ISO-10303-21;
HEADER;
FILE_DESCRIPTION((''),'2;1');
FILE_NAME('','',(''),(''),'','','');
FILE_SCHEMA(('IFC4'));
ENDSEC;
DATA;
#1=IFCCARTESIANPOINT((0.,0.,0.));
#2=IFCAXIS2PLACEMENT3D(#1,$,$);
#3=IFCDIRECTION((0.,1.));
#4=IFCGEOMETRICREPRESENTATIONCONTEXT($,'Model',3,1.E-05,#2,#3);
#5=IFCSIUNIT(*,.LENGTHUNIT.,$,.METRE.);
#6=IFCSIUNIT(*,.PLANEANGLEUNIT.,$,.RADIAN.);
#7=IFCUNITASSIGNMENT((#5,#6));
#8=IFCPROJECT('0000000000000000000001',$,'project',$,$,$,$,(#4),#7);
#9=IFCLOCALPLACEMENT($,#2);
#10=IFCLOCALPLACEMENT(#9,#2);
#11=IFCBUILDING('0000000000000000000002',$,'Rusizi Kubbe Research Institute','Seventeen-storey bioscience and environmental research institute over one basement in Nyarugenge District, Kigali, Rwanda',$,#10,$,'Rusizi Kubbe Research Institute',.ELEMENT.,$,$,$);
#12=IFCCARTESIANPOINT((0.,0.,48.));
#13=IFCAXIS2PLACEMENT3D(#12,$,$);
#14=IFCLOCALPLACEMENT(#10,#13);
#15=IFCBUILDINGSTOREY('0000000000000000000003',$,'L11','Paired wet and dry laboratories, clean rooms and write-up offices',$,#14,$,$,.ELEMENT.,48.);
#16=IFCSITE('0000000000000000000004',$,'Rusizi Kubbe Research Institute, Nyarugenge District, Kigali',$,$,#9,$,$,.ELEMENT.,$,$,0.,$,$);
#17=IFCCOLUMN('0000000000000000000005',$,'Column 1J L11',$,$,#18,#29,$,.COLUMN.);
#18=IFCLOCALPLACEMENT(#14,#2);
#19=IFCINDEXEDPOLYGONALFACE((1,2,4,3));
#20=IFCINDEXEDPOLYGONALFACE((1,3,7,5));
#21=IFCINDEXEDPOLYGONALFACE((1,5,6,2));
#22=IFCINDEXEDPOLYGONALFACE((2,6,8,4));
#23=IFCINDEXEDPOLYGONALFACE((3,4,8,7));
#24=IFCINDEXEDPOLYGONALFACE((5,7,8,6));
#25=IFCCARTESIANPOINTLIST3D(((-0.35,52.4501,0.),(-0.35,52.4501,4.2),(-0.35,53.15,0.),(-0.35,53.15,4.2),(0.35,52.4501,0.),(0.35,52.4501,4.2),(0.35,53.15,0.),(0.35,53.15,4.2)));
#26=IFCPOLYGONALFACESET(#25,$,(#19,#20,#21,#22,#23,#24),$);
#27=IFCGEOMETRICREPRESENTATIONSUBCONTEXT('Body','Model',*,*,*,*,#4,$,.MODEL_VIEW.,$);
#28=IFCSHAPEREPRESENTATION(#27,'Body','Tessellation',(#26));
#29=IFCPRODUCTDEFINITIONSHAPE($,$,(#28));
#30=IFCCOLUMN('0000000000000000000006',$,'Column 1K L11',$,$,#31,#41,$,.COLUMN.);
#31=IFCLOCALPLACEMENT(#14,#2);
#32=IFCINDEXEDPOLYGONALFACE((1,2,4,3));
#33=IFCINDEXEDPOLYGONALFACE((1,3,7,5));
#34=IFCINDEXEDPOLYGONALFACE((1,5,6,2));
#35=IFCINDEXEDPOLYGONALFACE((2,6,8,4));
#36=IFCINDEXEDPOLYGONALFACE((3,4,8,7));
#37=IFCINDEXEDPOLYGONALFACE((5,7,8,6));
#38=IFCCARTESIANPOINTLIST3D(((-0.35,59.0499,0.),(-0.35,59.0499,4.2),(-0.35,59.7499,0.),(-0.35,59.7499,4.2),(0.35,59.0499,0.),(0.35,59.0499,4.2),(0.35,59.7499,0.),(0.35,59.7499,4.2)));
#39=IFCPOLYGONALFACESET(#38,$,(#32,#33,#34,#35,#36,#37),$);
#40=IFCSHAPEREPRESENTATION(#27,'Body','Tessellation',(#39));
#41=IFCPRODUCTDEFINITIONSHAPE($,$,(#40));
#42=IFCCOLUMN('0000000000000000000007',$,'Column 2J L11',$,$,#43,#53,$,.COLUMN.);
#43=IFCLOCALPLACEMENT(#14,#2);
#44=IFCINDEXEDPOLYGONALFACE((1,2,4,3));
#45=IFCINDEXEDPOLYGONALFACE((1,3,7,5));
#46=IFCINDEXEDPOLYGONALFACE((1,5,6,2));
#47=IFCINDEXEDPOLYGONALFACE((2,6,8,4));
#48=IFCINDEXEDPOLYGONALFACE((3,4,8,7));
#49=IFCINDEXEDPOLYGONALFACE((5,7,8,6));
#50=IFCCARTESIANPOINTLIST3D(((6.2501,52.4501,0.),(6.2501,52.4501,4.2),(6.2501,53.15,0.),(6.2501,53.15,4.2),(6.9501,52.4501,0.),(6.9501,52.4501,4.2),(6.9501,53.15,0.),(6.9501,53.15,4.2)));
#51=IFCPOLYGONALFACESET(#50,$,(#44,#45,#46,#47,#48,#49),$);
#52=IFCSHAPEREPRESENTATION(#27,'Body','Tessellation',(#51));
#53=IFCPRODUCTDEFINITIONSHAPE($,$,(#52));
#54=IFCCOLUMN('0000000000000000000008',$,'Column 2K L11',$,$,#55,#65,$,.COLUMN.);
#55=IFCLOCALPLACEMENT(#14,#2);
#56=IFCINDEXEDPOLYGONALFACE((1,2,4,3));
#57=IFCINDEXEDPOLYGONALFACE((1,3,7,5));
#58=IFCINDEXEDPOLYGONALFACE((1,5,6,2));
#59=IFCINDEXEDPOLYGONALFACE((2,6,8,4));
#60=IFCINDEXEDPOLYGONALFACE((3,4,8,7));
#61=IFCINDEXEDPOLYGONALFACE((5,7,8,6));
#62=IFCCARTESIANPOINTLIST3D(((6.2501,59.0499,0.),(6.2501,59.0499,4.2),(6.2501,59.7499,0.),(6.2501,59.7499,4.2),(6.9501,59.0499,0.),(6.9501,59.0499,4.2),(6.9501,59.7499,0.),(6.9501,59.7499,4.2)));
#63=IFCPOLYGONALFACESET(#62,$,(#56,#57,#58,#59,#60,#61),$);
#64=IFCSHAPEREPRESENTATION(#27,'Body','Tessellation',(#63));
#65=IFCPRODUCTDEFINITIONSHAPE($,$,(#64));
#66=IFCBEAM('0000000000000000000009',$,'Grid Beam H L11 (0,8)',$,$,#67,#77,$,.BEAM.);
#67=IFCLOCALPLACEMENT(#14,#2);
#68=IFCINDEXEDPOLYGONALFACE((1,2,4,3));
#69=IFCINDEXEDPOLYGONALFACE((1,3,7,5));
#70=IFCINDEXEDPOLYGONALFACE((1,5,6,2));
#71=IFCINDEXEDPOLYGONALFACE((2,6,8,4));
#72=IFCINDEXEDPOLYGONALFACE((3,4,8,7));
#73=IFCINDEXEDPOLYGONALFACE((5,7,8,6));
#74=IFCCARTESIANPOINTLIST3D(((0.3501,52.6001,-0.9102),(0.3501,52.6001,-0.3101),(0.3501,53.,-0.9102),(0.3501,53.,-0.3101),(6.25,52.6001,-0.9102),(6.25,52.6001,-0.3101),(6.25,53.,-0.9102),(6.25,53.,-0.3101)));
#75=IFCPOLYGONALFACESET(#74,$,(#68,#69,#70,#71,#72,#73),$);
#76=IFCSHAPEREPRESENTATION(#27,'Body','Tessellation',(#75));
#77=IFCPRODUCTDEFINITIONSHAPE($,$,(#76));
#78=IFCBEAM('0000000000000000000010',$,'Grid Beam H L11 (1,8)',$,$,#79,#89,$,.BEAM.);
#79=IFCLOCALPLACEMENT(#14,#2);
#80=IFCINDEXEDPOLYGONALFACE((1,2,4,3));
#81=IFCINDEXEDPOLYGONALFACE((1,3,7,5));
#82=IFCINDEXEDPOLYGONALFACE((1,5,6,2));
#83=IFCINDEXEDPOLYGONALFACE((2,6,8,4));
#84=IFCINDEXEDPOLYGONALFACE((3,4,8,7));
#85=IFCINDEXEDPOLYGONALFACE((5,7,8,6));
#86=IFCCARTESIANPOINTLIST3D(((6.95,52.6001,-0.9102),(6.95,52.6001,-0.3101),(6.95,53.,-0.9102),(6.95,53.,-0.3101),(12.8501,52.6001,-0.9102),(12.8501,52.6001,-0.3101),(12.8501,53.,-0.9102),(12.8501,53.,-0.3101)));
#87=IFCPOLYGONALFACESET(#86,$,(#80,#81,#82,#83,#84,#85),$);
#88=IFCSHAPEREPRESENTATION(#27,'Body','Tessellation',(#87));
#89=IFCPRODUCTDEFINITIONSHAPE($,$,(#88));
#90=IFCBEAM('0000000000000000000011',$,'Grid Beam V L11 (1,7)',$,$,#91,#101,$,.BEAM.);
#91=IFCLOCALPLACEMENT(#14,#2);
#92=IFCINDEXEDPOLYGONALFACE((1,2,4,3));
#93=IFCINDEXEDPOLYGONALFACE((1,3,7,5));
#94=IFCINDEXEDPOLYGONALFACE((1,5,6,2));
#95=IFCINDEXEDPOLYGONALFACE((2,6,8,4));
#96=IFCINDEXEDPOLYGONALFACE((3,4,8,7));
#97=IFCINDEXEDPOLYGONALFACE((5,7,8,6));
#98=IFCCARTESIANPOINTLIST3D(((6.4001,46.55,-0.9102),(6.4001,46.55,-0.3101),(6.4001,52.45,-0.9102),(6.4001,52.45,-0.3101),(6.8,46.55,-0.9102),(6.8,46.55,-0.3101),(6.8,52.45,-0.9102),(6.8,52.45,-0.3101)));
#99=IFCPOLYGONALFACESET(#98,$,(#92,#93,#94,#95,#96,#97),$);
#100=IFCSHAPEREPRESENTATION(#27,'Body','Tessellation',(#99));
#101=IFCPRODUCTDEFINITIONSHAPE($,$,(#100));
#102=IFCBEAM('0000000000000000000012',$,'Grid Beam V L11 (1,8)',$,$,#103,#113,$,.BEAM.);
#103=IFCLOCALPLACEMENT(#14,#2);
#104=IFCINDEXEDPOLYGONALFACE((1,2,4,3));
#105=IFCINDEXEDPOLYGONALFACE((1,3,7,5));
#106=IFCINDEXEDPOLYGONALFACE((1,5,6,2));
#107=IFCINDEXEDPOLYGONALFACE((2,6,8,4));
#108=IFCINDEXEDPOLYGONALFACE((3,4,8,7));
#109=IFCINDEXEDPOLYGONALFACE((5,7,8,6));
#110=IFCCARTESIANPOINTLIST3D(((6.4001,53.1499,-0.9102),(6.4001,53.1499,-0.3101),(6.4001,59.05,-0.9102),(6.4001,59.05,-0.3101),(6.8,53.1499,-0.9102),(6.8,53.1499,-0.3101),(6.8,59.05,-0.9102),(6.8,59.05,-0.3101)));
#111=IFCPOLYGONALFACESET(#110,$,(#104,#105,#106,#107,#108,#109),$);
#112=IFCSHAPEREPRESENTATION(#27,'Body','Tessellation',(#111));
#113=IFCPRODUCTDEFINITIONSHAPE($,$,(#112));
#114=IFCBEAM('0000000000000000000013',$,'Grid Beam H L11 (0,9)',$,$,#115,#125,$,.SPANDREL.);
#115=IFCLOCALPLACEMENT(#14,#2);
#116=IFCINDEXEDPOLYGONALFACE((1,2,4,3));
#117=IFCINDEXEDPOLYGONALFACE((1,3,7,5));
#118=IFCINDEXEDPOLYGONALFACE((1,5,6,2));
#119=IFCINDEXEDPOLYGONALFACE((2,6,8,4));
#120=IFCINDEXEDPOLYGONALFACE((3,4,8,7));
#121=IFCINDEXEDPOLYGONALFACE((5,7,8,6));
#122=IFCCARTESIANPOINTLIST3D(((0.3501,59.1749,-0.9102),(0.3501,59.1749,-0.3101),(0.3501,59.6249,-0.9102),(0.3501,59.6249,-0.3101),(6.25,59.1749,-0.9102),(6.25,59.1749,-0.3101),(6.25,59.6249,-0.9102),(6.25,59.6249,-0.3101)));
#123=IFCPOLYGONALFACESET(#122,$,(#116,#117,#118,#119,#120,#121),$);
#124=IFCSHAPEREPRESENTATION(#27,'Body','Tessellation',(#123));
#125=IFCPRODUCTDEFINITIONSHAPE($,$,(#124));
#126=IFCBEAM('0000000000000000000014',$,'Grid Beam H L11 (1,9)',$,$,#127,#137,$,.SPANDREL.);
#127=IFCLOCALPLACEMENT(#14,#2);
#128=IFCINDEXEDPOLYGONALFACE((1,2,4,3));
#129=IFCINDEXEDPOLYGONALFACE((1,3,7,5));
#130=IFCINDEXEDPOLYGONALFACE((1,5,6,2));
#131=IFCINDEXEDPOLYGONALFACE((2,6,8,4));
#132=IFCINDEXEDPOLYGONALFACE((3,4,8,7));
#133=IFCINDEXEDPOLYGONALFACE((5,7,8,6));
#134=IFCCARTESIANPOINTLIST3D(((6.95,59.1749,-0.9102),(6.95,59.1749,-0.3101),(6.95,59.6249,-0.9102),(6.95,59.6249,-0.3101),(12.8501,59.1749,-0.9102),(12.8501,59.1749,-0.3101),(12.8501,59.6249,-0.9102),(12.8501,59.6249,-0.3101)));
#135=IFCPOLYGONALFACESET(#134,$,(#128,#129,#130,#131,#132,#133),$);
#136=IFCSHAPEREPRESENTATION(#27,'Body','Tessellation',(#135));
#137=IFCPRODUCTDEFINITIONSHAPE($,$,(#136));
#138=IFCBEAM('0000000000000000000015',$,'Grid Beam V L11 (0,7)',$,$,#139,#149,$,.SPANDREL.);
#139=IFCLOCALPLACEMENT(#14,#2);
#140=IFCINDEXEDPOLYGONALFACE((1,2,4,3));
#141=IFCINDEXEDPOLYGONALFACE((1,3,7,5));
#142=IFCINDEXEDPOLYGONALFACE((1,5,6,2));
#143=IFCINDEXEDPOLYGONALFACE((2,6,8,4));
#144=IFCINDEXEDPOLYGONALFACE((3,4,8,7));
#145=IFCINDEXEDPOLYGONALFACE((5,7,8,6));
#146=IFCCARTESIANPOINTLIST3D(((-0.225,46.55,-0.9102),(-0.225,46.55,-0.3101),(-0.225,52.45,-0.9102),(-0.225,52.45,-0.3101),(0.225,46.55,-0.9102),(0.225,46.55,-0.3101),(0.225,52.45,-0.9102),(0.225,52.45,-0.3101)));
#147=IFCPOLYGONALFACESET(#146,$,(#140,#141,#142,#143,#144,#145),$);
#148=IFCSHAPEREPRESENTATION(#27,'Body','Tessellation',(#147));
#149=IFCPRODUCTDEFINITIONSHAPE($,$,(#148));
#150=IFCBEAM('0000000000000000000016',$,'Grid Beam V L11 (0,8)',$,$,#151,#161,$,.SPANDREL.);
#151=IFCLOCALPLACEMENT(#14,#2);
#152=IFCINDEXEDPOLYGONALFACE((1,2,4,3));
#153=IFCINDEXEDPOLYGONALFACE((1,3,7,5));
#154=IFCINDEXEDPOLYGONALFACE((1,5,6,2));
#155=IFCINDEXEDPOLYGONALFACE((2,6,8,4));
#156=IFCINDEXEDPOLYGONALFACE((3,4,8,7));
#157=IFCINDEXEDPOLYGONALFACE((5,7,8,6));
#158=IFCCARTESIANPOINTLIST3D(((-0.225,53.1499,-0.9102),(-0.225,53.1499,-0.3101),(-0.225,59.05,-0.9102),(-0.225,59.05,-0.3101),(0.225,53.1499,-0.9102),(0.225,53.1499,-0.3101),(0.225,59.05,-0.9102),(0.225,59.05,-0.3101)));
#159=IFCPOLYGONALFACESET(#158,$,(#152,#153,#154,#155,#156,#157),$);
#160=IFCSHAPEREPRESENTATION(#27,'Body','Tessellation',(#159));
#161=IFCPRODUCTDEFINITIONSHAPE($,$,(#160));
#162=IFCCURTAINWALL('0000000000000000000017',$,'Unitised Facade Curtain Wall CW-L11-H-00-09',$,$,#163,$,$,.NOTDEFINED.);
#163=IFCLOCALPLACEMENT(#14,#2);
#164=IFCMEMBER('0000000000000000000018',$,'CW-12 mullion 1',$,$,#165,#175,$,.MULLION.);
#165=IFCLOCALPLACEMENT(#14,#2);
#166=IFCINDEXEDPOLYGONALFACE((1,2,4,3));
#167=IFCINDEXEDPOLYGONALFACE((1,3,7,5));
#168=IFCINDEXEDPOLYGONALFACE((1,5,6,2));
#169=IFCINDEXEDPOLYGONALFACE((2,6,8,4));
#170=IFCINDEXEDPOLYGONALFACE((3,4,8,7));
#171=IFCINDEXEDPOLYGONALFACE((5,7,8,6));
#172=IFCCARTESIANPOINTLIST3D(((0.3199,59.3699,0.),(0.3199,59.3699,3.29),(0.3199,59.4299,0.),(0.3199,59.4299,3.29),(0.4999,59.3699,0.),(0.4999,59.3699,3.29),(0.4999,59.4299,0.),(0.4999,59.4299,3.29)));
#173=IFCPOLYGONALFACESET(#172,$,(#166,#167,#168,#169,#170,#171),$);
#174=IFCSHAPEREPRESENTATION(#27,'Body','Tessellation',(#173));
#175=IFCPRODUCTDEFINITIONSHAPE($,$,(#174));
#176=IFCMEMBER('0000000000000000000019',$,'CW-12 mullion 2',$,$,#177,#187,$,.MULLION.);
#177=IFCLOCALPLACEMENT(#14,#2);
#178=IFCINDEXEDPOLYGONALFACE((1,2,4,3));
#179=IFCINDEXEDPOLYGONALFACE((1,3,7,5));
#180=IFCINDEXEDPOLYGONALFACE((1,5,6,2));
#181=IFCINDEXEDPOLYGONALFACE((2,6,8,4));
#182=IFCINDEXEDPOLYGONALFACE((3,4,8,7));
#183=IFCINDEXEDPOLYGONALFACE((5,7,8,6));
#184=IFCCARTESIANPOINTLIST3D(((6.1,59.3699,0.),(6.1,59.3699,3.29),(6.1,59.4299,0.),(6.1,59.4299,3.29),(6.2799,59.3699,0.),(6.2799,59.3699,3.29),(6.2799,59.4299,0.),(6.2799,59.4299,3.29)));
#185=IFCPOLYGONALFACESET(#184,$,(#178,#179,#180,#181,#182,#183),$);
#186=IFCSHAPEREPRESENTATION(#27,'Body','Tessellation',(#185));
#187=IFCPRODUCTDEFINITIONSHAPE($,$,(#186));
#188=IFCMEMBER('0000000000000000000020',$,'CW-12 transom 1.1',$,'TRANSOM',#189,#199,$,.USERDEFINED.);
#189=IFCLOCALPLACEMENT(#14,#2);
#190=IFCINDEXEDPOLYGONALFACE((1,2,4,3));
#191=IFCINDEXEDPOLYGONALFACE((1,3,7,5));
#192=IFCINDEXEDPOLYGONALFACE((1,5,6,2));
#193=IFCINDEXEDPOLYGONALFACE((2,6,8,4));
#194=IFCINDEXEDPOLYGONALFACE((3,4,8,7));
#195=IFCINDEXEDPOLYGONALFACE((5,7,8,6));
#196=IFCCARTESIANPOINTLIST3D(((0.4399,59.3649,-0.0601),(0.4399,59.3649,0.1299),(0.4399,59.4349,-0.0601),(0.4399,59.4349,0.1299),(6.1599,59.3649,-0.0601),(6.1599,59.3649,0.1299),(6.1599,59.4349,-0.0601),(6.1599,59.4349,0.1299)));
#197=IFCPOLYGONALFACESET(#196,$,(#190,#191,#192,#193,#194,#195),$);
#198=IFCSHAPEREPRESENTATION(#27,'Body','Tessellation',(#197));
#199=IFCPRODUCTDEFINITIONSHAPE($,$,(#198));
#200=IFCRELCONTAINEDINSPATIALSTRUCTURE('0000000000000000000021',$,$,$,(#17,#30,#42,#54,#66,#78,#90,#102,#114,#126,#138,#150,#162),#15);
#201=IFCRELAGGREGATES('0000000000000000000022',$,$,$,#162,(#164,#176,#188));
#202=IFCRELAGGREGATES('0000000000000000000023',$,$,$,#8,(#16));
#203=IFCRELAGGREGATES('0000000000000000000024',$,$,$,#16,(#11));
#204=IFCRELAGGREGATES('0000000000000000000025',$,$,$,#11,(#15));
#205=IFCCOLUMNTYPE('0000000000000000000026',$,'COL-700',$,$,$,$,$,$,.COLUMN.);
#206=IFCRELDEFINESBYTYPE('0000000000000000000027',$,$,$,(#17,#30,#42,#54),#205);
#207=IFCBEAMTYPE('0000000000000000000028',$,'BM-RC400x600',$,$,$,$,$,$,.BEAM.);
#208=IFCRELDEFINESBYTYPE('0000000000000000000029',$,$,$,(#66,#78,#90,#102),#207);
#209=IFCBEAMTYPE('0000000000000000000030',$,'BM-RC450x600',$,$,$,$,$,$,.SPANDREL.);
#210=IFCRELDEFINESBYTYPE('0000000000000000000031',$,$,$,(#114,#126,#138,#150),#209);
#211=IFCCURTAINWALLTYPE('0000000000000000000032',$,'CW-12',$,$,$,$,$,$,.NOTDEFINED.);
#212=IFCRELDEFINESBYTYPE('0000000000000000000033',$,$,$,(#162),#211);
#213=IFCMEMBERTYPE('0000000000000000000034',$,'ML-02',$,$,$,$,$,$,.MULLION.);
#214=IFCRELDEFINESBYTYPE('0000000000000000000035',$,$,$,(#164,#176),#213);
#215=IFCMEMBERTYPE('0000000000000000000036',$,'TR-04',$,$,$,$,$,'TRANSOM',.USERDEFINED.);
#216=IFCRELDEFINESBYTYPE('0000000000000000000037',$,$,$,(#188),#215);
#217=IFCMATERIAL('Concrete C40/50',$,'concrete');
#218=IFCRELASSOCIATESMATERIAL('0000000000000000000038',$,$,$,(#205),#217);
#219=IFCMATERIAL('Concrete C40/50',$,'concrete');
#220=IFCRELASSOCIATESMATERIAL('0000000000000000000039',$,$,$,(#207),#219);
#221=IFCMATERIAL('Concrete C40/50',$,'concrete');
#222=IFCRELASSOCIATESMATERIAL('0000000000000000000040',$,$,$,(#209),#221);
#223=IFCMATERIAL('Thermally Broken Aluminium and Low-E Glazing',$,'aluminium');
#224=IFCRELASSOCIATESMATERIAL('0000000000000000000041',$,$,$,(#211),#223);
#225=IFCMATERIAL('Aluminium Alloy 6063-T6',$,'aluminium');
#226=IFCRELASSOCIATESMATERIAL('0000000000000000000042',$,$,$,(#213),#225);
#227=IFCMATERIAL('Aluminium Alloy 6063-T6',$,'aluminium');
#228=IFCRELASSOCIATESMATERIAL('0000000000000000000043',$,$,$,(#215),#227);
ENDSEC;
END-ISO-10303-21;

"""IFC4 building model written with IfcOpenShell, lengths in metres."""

from ifc_helpers import new_model, si_unit, direction, frame, origin, origin_2d, place, context, subcontext, project, spatial, rectangle, extrude, material, material_profile, profile_set, type_object, element, aggregate, save


model = new_model("IFC4")

# Units and contexts
model_context = context("Model", 3, precision=1e-05, world=origin(), true_north=direction((0.0, 1.0)))
body_context = subcontext(model_context, "Body", "Model", "MODEL_VIEW")
ifc_project = project(units=[si_unit("LENGTHUNIT", "METRE"), si_unit("PLANEANGLEUNIT", "RADIAN")], contexts=[model_context])

# Site, building, storey
site_placement = place(None, origin())
site = spatial("IfcSite", under=ifc_project, at=site_placement, Name="Rusizi Kubbe Research Institute, Nyarugenge District, Kigali", CompositionType="ELEMENT", RefElevation=0.0)
building_placement = place(site_placement, origin())
building = spatial("IfcBuilding", under=site, at=building_placement, Name="Rusizi Kubbe Research Institute", Description="Seventeen-storey bioscience and environmental research institute over one basement in Nyarugenge District, Kigali, Rwanda", LongName="Rusizi Kubbe Research Institute", CompositionType="ELEMENT")
storey_placement = place(building_placement, frame((0.0, 0.0, 48.0)))
storey = spatial("IfcBuildingStorey", under=building, at=storey_placement, Name="L11", Description="Paired wet and dry laboratories, clean rooms and write-up offices", CompositionType="ELEMENT", Elevation=48.0)

# Columns
ifc_material_1 = material(Name="Concrete C40/50", Category="concrete")
ifc_material_profile_1 = material_profile(ifc_material_1, rectangle(XDim=0.7, YDim=0.7, at=origin_2d()), Name="RC700x700")
ifc_profile_set_1 = profile_set([ifc_material_profile_1], Name="Concrete C40/50")
column_type = type_object("IfcColumnType", Name="COL-700", PredefinedType="COLUMN", material=ifc_profile_set_1)
for number, where, z_axis, x_axis, name in (
    (1, (0.0, 52.8, 0.0), (0.0, 0.0, 1.0), (1.0, 0.0, 0.0), "Column 1J L11"),
    (2, (0.0, 59.3999, 0.0), (0.0, 0.0, 1.0), (1.0, 0.0, 0.0), "Column 1K L11"),
    (3, (6.6001, 52.8, 0.0), (0.0, 0.0, 1.0), (1.0, 0.0, 0.0), "Column 2J L11"),
    (4, (6.6001, 59.3999, 0.0), (0.0, 0.0, 1.0), (1.0, 0.0, 0.0), "Column 2K L11"),
):
    element("IfcColumn", number, at=place(storey_placement, frame(where, z_axis=z_axis, x_axis=x_axis)), inside=storey, type_object=column_type, Name=name, PredefinedType="COLUMN", context=body_context, shape_type="SweptSolid", body=[
        extrude(rectangle(XDim=0.7, YDim=0.7, at=origin_2d()), origin(), (0.0, 0.0, 1.0), 4.2),
    ])

# Beams
ifc_material_2 = material(Name="Concrete C40/50", Category="concrete")
ifc_material_profile_2 = material_profile(ifc_material_2, rectangle(XDim=0.3999, YDim=0.6001, at=origin_2d()), Name="RC400x600")
ifc_profile_set_2 = profile_set([ifc_material_profile_2], Name="Concrete C40/50")
beam_type_1 = type_object("IfcBeamType", Name="BM-RC400x600", PredefinedType="BEAM", material=ifc_profile_set_2)
beam_1_placement = place(storey_placement, frame((0.3501, 52.8, -0.6101), z_axis=(1.0, 0.0, 0.0), x_axis=(0.0, 1.0, 0.0)))
element("IfcBeam", 5, at=beam_1_placement, inside=storey, type_object=beam_type_1, Name="Grid Beam H L11 (0,8)", PredefinedType="BEAM", context=body_context, shape_type="SweptSolid", body=[
    extrude(rectangle(XDim=0.3999, YDim=0.6001, at=origin_2d()), origin(), (0.0, 0.0, 1.0), 5.8999),
])
beam_2_placement = place(storey_placement, frame((6.95, 52.8, -0.6101), z_axis=(1.0, 0.0, 0.0), x_axis=(0.0, 1.0, 0.0)))
element("IfcBeam", 6, at=beam_2_placement, inside=storey, type_object=beam_type_1, Name="Grid Beam H L11 (1,8)", PredefinedType="BEAM", context=body_context, shape_type="SweptSolid", body=[
    extrude(rectangle(XDim=0.3999, YDim=0.6001, at=origin_2d()), origin(), (0.0, 0.0, 1.0), 5.9001),
])
beam_3_placement = place(storey_placement, frame((6.6001, 46.55, -0.6101), z_axis=(0.0, 1.0, 0.0), x_axis=(-1.0, 0.0, 0.0)))
element("IfcBeam", 7, at=beam_3_placement, inside=storey, type_object=beam_type_1, Name="Grid Beam V L11 (1,7)", PredefinedType="BEAM", context=body_context, shape_type="SweptSolid", body=[
    extrude(rectangle(XDim=0.3999, YDim=0.6001, at=origin_2d()), origin(), (0.0, 0.0, 1.0), 5.8999),
])
beam_4_placement = place(storey_placement, frame((6.6001, 53.1499, -0.6101), z_axis=(0.0, 1.0, 0.0), x_axis=(-1.0, 0.0, 0.0)))
element("IfcBeam", 8, at=beam_4_placement, inside=storey, type_object=beam_type_1, Name="Grid Beam V L11 (1,8)", PredefinedType="BEAM", context=body_context, shape_type="SweptSolid", body=[
    extrude(rectangle(XDim=0.3999, YDim=0.6001, at=origin_2d()), origin(), (0.0, 0.0, 1.0), 5.9001),
])
ifc_material_3 = material(Name="Concrete C40/50", Category="concrete")
ifc_material_profile_3 = material_profile(ifc_material_3, rectangle(XDim=0.45, YDim=0.6001, at=origin_2d()), Name="RC450x600")
ifc_profile_set_3 = profile_set([ifc_material_profile_3], Name="Concrete C40/50")
beam_type_2 = type_object("IfcBeamType", Name="BM-RC450x600", PredefinedType="SPANDREL", material=ifc_profile_set_3)
beam_5_placement = place(storey_placement, frame((0.3501, 59.3999, -0.6101), z_axis=(1.0, 0.0, 0.0), x_axis=(0.0, 1.0, 0.0)))
element("IfcBeam", 9, at=beam_5_placement, inside=storey, type_object=beam_type_2, Name="Grid Beam H L11 (0,9)", PredefinedType="SPANDREL", context=body_context, shape_type="SweptSolid", body=[
    extrude(rectangle(XDim=0.45, YDim=0.6001, at=origin_2d()), origin(), (0.0, 0.0, 1.0), 5.8999),
])
beam_6_placement = place(storey_placement, frame((6.95, 59.3999, -0.6101), z_axis=(1.0, 0.0, 0.0), x_axis=(0.0, 1.0, 0.0)))
element("IfcBeam", 10, at=beam_6_placement, inside=storey, type_object=beam_type_2, Name="Grid Beam H L11 (1,9)", PredefinedType="SPANDREL", context=body_context, shape_type="SweptSolid", body=[
    extrude(rectangle(XDim=0.45, YDim=0.6001, at=origin_2d()), origin(), (0.0, 0.0, 1.0), 5.9001),
])
beam_7_placement = place(storey_placement, frame((0.0, 46.55, -0.6101), z_axis=(0.0, 1.0, 0.0), x_axis=(-1.0, 0.0, 0.0)))
element("IfcBeam", 11, at=beam_7_placement, inside=storey, type_object=beam_type_2, Name="Grid Beam V L11 (0,7)", PredefinedType="SPANDREL", context=body_context, shape_type="SweptSolid", body=[
    extrude(rectangle(XDim=0.45, YDim=0.6001, at=origin_2d()), origin(), (0.0, 0.0, 1.0), 5.8999),
])
beam_8_placement = place(storey_placement, frame((0.0, 53.1499, -0.6101), z_axis=(0.0, 1.0, 0.0), x_axis=(-1.0, 0.0, 0.0)))
element("IfcBeam", 12, at=beam_8_placement, inside=storey, type_object=beam_type_2, Name="Grid Beam V L11 (0,8)", PredefinedType="SPANDREL", context=body_context, shape_type="SweptSolid", body=[
    extrude(rectangle(XDim=0.45, YDim=0.6001, at=origin_2d()), origin(), (0.0, 0.0, 1.0), 5.9001),
])

# Curtain wall, members
ifc_material_4 = material(Name="Thermally Broken Aluminium and Low-E Glazing", Category="aluminium")
curtain_wall_type = type_object("IfcCurtainWallType", Name="CW-12", PredefinedType="NOTDEFINED", material=ifc_material_4)
curtain_wall_placement = place(storey_placement, origin())
curtain_wall = element("IfcCurtainWall", 13, at=curtain_wall_placement, inside=storey, type_object=curtain_wall_type, Name="Unitised Facade Curtain Wall CW-L11-H-00-09", PredefinedType="NOTDEFINED")
ifc_material_5 = material(Name="Aluminium Alloy 6063-T6", Category="aluminium")
ifc_material_profile_4 = material_profile(ifc_material_5, rectangle(XDim=0.0601, YDim=0.1799, at=origin_2d()), Name="ALU-M 60x180")
ifc_profile_set_4 = profile_set([ifc_material_profile_4], Name="Aluminium Alloy 6063-T6")
member_type_1 = type_object("IfcMemberType", Name="ML-02", PredefinedType="MULLION", material=ifc_profile_set_4)
member_1_placement = place(storey_placement, frame((0.4099, 59.3999, 0.0), z_axis=(0.0, 0.0, 1.0), x_axis=(0.0, 1.0, 0.0)))
member_1 = element("IfcMember", 14, at=member_1_placement, type_object=member_type_1, Name="CW-12 mullion 1", PredefinedType="MULLION", context=body_context, shape_type="SweptSolid", body=[
    extrude(rectangle(XDim=0.0601, YDim=0.1799, at=origin_2d()), origin(), (0.0, 0.0, 1.0), 3.29),
])
member_2_placement = place(storey_placement, frame((6.1899, 59.3999, 0.0), z_axis=(0.0, 0.0, 1.0), x_axis=(0.0, 1.0, 0.0)))
member_2 = element("IfcMember", 15, at=member_2_placement, type_object=member_type_1, Name="CW-12 mullion 2", PredefinedType="MULLION", context=body_context, shape_type="SweptSolid", body=[
    extrude(rectangle(XDim=0.0601, YDim=0.1799, at=origin_2d()), origin(), (0.0, 0.0, 1.0), 3.29),
])
ifc_material_6 = material(Name="Aluminium Alloy 6063-T6", Category="aluminium")
ifc_material_profile_5 = material_profile(ifc_material_6, rectangle(XDim=0.0701, YDim=0.1899, at=origin_2d()), Name="ALU-T 70x190")
ifc_profile_set_5 = profile_set([ifc_material_profile_5], Name="Aluminium Alloy 6063-T6")
member_type_2 = type_object("IfcMemberType", Name="TR-04", ElementType="TRANSOM", PredefinedType="USERDEFINED", material=ifc_profile_set_5)
member_3_placement = place(storey_placement, frame((0.4399, 59.3999, 0.0349), z_axis=(1.0, 0.0, 0.0), x_axis=(0.0, 1.0, 0.0)))
member_3 = element("IfcMember", 16, at=member_3_placement, type_object=member_type_2, Name="CW-12 transom 1.1", ObjectType="TRANSOM", PredefinedType="USERDEFINED", context=body_context, shape_type="SweptSolid", body=[
    extrude(rectangle(XDim=0.0701, YDim=0.1899, at=origin_2d()), origin(), (0.0, 0.0, 1.0), 5.72),
])
aggregate(curtain_wall, [member_1, member_2, member_3])

save(model, "model.ifc")
